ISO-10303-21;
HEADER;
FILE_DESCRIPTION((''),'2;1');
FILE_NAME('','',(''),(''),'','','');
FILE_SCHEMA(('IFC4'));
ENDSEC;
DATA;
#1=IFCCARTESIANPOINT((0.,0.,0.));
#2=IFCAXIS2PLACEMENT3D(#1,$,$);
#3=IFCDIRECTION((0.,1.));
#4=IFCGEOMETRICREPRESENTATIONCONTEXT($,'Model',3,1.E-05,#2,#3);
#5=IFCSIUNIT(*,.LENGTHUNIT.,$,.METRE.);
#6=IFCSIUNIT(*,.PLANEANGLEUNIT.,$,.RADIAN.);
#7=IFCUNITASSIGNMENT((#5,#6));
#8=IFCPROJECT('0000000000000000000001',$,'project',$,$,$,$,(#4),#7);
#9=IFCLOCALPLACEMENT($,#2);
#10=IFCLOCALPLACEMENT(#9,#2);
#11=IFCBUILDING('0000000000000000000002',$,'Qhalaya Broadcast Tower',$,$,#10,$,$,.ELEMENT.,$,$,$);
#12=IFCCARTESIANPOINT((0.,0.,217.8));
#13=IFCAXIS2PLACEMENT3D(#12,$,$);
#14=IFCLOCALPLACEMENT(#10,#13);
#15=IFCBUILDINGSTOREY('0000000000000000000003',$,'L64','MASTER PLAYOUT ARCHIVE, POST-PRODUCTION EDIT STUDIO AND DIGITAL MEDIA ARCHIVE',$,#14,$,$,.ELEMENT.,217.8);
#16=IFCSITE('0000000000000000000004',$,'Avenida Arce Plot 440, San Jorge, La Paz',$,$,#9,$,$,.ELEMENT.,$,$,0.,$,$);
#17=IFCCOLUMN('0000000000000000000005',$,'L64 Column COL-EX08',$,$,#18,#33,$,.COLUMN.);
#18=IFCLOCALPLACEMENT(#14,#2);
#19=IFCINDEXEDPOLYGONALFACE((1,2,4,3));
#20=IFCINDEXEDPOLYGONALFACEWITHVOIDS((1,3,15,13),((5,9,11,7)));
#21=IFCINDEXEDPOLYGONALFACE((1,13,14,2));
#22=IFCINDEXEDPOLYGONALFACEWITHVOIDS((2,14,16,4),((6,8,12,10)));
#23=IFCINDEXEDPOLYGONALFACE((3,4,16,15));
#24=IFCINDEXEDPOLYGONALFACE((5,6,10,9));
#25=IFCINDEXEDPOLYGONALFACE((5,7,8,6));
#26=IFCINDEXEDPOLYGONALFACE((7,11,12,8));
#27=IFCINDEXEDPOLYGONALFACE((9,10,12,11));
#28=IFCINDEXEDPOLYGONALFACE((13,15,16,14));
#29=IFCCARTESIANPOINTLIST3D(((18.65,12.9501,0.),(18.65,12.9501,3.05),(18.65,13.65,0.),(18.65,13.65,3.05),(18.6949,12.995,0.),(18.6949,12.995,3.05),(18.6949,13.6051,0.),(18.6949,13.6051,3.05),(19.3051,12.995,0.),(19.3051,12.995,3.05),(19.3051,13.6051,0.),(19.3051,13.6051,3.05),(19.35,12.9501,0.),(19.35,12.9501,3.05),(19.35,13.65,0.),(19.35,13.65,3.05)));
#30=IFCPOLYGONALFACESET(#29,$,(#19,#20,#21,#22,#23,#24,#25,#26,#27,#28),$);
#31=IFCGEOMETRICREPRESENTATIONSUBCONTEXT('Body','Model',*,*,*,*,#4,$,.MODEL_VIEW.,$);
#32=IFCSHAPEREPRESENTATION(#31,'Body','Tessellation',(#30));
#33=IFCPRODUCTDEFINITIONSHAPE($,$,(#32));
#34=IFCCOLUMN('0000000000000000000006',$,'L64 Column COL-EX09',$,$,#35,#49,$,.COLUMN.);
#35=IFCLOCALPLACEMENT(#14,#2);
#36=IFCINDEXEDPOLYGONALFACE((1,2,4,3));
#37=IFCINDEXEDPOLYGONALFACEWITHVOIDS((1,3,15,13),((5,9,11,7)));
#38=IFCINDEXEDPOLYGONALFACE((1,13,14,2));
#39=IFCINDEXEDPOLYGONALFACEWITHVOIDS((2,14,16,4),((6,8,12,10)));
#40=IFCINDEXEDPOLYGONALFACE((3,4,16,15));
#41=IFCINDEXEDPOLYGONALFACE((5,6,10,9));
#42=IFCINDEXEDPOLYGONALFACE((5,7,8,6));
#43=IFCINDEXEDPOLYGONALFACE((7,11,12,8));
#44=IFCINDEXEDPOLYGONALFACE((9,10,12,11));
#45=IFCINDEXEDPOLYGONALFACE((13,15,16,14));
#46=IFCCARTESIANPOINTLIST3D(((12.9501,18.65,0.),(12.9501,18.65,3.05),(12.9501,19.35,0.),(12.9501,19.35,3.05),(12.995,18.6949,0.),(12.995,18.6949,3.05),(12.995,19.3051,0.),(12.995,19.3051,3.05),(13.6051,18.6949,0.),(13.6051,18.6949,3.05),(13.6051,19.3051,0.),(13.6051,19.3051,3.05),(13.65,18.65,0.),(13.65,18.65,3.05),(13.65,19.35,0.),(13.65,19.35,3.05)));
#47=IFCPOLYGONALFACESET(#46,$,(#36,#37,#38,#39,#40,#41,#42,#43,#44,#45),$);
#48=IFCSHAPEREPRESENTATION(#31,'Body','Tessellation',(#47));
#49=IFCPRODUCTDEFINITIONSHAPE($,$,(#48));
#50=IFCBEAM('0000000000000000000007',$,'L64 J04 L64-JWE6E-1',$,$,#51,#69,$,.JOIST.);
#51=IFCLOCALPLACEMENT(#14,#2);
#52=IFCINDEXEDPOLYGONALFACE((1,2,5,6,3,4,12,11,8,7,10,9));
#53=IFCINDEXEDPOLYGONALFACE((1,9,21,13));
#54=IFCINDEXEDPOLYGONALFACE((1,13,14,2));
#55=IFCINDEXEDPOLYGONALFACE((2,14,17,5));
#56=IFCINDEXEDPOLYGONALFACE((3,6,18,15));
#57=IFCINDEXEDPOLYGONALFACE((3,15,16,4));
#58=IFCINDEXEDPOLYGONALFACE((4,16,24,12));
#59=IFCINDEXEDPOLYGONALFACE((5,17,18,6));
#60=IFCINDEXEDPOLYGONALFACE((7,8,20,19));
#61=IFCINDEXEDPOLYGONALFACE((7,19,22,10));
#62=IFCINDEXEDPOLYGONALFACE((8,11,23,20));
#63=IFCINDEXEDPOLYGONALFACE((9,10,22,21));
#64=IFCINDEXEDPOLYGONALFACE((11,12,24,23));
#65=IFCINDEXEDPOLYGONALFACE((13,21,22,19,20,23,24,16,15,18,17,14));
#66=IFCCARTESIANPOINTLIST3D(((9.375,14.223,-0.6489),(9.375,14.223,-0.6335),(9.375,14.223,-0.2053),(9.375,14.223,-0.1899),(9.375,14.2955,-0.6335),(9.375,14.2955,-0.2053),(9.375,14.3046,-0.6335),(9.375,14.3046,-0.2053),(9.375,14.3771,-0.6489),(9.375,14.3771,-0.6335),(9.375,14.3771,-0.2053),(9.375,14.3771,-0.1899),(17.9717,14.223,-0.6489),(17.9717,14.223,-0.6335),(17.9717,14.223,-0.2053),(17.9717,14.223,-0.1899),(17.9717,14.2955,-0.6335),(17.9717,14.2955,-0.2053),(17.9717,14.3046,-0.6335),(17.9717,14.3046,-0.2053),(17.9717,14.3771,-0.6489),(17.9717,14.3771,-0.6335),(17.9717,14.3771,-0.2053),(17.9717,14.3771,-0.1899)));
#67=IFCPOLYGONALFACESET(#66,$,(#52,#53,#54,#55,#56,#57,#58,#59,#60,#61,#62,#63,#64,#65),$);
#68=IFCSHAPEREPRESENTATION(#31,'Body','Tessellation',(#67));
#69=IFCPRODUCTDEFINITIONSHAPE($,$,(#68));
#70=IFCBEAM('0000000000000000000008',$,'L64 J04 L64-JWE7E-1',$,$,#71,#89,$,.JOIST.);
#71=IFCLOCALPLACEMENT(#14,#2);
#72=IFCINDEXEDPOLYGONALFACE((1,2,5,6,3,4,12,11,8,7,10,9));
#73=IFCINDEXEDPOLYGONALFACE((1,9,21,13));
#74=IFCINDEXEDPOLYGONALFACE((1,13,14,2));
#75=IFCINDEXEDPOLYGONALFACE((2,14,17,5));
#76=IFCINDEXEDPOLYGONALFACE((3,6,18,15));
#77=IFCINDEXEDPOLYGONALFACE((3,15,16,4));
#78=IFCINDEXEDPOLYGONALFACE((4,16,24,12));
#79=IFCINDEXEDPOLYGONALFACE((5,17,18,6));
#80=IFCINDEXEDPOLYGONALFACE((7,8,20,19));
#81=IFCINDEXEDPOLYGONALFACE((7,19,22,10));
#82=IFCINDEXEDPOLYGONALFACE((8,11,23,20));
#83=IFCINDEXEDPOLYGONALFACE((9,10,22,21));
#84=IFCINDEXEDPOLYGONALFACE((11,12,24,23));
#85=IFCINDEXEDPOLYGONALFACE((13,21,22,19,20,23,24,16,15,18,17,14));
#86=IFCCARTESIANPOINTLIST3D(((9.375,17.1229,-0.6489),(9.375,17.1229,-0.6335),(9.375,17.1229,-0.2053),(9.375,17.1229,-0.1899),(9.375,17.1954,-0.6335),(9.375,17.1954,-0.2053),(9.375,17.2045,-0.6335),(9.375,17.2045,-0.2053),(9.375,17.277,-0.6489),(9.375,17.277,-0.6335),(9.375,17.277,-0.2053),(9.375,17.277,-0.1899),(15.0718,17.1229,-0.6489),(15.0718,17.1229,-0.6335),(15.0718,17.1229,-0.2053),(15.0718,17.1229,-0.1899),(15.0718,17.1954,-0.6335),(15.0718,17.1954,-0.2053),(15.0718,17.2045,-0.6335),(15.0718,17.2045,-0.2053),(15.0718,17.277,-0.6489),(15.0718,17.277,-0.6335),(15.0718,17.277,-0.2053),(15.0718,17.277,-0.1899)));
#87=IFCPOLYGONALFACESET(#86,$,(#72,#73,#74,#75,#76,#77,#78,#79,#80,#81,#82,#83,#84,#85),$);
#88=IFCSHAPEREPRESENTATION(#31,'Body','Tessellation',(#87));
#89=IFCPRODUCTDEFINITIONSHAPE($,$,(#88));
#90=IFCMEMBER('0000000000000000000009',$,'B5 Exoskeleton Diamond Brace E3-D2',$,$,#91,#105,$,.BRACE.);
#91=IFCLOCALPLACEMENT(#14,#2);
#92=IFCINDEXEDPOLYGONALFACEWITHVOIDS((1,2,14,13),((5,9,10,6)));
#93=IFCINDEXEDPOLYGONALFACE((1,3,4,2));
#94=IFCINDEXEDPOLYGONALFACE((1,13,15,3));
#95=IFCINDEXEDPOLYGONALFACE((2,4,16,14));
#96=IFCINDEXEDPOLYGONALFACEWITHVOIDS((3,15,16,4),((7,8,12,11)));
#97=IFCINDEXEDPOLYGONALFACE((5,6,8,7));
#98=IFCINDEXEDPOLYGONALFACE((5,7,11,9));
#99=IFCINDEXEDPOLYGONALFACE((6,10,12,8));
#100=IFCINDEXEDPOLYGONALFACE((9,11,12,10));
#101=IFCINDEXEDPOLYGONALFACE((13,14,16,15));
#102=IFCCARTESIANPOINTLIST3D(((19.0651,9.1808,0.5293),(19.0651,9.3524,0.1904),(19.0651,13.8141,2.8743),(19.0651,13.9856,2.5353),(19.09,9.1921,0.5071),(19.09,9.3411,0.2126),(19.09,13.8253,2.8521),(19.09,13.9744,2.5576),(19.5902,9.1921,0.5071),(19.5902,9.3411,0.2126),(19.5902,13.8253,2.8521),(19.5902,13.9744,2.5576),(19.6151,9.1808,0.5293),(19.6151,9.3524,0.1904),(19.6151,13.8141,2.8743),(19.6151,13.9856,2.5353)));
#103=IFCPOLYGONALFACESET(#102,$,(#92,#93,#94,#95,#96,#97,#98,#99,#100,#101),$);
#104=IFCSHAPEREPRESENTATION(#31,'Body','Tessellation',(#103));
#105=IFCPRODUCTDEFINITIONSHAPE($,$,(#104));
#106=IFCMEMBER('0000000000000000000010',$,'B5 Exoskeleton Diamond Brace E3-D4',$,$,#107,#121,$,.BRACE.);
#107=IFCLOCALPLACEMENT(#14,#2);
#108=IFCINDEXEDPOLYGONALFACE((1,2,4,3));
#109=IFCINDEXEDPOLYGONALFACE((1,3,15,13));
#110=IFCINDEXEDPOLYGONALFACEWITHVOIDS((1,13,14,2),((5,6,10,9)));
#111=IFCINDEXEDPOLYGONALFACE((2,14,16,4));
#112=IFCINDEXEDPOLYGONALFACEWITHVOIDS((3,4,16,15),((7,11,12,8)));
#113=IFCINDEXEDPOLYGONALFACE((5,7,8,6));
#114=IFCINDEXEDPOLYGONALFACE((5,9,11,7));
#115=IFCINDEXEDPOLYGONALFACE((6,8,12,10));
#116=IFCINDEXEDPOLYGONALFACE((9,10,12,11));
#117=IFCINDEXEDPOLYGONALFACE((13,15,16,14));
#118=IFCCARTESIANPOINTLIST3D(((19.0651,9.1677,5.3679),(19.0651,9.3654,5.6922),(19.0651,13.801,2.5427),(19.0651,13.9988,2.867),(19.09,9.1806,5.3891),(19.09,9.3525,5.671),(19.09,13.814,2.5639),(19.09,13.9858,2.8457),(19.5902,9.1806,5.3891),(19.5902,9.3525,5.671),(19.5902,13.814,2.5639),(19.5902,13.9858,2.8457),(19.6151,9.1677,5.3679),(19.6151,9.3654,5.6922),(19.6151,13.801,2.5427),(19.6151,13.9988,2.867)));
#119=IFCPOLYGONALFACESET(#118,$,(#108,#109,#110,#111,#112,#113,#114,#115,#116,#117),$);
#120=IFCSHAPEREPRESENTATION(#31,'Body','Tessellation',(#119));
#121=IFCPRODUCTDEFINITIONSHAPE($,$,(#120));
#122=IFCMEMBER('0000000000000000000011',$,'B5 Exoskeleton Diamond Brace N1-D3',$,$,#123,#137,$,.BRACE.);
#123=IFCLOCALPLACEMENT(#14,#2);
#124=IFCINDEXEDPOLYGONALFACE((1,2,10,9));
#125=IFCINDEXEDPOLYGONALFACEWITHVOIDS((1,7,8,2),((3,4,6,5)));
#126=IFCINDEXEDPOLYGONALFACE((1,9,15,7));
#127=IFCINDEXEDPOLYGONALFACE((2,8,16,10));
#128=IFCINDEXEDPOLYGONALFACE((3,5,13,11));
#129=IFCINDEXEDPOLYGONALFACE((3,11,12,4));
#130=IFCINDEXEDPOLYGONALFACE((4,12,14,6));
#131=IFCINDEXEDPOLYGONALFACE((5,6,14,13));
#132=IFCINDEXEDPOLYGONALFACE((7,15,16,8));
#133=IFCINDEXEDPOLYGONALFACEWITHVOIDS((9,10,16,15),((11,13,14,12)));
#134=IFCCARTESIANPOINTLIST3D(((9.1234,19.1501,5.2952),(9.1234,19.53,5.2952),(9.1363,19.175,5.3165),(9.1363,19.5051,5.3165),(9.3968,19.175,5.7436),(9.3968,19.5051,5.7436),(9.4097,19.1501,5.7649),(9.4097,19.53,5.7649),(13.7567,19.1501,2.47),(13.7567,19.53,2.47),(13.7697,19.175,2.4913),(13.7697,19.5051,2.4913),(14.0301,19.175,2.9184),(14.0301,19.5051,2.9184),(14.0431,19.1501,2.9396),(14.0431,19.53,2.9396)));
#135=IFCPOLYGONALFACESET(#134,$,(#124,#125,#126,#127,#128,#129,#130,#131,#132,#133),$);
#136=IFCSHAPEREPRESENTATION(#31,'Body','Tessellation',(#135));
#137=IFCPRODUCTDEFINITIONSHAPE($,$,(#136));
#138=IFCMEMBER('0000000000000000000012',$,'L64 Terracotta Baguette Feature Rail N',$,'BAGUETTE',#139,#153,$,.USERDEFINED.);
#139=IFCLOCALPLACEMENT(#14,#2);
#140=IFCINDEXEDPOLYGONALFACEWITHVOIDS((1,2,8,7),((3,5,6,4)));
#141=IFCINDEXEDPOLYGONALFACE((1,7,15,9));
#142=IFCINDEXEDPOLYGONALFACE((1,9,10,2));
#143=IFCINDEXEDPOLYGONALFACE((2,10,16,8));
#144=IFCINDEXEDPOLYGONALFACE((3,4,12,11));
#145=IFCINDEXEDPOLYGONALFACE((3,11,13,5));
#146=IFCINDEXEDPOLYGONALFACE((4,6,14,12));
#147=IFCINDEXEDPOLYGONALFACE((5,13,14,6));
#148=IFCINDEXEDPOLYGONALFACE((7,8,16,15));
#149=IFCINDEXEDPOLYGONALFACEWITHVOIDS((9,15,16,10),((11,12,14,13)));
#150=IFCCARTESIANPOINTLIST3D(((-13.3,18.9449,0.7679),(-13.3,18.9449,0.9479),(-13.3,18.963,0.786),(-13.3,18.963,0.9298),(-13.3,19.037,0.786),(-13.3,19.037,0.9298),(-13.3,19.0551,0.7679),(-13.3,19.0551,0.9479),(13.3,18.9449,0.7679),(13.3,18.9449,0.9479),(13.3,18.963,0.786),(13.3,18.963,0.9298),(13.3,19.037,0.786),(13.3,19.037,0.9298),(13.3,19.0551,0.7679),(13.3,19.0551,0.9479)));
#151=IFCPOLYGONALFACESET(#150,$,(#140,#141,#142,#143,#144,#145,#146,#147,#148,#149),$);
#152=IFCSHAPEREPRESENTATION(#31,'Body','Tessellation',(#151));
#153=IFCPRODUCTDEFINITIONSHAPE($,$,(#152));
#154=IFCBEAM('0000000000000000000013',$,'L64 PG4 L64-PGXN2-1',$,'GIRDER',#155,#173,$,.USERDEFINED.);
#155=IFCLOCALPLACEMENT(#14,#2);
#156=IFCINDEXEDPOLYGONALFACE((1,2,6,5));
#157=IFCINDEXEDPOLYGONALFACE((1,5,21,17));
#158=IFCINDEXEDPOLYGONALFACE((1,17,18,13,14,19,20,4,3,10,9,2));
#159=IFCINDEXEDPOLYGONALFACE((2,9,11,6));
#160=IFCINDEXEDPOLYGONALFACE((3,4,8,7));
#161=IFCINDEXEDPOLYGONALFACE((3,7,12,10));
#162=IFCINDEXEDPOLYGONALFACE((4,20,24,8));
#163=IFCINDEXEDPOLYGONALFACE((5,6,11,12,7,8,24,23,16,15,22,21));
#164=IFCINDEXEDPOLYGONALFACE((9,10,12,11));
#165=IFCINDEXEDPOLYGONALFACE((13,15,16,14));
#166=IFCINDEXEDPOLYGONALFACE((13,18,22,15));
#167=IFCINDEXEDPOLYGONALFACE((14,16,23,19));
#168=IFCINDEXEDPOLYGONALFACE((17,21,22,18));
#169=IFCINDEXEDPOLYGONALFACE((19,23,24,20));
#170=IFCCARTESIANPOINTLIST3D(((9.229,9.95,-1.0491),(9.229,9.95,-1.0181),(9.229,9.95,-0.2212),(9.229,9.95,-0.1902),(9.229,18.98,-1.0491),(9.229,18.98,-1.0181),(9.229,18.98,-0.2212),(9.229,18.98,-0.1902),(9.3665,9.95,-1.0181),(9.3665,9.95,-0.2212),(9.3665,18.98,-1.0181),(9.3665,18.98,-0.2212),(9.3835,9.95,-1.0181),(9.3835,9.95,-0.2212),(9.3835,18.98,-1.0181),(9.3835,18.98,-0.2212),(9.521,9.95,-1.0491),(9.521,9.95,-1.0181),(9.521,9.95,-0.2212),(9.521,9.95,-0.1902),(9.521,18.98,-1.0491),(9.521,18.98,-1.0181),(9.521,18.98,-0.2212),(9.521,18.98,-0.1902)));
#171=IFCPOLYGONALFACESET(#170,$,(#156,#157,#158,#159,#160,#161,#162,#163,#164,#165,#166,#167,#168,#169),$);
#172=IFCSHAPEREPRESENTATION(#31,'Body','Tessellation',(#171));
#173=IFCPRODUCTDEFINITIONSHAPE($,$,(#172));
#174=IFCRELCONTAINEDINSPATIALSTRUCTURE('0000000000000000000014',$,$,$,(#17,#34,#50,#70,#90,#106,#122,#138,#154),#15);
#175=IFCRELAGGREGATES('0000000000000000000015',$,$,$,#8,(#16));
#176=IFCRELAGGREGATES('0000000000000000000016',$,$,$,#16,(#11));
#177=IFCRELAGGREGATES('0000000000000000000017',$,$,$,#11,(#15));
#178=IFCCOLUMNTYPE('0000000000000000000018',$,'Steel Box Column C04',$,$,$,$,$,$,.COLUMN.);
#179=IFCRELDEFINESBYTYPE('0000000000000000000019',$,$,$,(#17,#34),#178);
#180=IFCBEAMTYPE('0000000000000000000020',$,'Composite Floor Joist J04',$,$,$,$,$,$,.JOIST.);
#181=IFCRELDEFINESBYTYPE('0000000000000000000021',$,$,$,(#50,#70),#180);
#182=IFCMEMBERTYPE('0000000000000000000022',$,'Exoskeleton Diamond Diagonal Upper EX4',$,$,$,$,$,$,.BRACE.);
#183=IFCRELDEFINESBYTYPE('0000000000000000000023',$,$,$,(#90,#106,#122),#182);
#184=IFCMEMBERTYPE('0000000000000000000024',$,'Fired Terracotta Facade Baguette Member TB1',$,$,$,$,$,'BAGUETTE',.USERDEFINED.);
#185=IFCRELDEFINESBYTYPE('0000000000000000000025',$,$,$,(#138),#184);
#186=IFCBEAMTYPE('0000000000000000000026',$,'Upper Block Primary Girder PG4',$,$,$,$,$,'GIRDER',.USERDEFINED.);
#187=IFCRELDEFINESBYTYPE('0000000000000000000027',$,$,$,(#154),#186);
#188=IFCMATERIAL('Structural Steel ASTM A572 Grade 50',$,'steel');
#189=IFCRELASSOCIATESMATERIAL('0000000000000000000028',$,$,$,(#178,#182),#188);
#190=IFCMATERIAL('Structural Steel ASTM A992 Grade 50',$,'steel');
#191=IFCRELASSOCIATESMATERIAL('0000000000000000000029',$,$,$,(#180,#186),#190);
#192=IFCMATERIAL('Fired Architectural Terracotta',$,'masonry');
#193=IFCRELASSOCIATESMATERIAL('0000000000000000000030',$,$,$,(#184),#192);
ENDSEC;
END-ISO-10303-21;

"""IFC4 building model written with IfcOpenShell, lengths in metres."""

from ifc_helpers import new_model, si_unit, direction, frame, origin, origin_2d, place, context, subcontext, project, spatial, hollow_rectangle, i_section, extrude, material, material_profile, profile_set, type_object, element, save


model = new_model("IFC4")

# Units and contexts
model_context = context("Model", 3, precision=1e-05, world=origin(), true_north=direction((0.0, 1.0)))
body_context = subcontext(model_context, "Body", "Model", "MODEL_VIEW")
ifc_project = project(units=[si_unit("LENGTHUNIT", "METRE"), si_unit("PLANEANGLEUNIT", "RADIAN")], contexts=[model_context])

# Site, building, storey
site_placement = place(None, origin())
site = spatial("IfcSite", under=ifc_project, at=site_placement, Name="Avenida Arce Plot 440, San Jorge, La Paz", CompositionType="ELEMENT", RefElevation=0.0)
building_placement = place(site_placement, origin())
building = spatial("IfcBuilding", under=site, at=building_placement, Name="Qhalaya Broadcast Tower", CompositionType="ELEMENT")
storey_placement = place(building_placement, frame((0.0, 0.0, 217.8)))
storey = spatial("IfcBuildingStorey", under=building, at=storey_placement, Name="L64", Description="MASTER PLAYOUT ARCHIVE, POST-PRODUCTION EDIT STUDIO AND DIGITAL MEDIA ARCHIVE", CompositionType="ELEMENT", Elevation=217.8)

# Columns
ifc_material_1 = material(Name="Structural Steel ASTM A572 Grade 50", Category="steel")
ifc_material_profile_1 = material_profile(ifc_material_1, hollow_rectangle(XDim=0.7, YDim=0.7, WallThickness=0.0449, at=origin_2d()), Name="BOX 700x700x45")
ifc_profile_set_1 = profile_set([ifc_material_profile_1], Name="Structural Steel ASTM A572 Grade 50")
column_type = type_object("IfcColumnType", Name="Steel Box Column C04", PredefinedType="COLUMN", material=ifc_profile_set_1)
for number, where, z_axis, x_axis, name in (
    (1, (19.0, 13.3, 0.0), (0.0, 0.0, 1.0), (0.0, 1.0, 0.0), "L64 Column COL-EX08"),
    (2, (13.3, 19.0, 0.0), (0.0, 0.0, 1.0), (1.0, 0.0, 0.0), "L64 Column COL-EX09"),
):
    element("IfcColumn", number, at=place(storey_placement, frame(where, z_axis=z_axis, x_axis=x_axis)), inside=storey, type_object=column_type, Name=name, PredefinedType="COLUMN", context=body_context, shape_type="SweptSolid", body=[
        extrude(hollow_rectangle(XDim=0.7, YDim=0.7, WallThickness=0.0449, at=origin_2d()), origin(), (0.0, 0.0, 1.0), 3.05),
    ])

# Beams
ifc_material_2 = material(Name="Structural Steel ASTM A992 Grade 50", Category="steel")
ifc_material_profile_2 = material_profile(ifc_material_2, i_section(OverallWidth=0.1541, OverallDepth=0.459, WebThickness=0.009, FlangeThickness=0.0154, at=origin_2d()), Name="W18X46")
ifc_profile_set_2 = profile_set([ifc_material_profile_2], Name="Structural Steel ASTM A992 Grade 50")
beam_type_1 = type_object("IfcBeamType", Name="Composite Floor Joist J04", PredefinedType="JOIST", material=ifc_profile_set_2)
beam_1_placement = place(storey_placement, frame((9.375, 14.3, -0.4194), z_axis=(1.0, 0.0, 0.0), x_axis=(0.0, 1.0, 0.0)))
element("IfcBeam", 3, at=beam_1_placement, inside=storey, type_object=beam_type_1, Name="L64 J04 L64-JWE6E-1", PredefinedType="JOIST", context=body_context, shape_type="SweptSolid", body=[
    extrude(i_section(OverallWidth=0.1541, OverallDepth=0.459, WebThickness=0.009, FlangeThickness=0.0154, at=origin_2d()), origin(), (0.0, 0.0, 1.0), 8.5967),
])
beam_2_placement = place(storey_placement, frame((9.375, 17.2, -0.4194), z_axis=(1.0, 0.0, 0.0), x_axis=(0.0, 1.0, 0.0)))
element("IfcBeam", 4, at=beam_2_placement, inside=storey, type_object=beam_type_1, Name="L64 J04 L64-JWE7E-1", PredefinedType="JOIST", context=body_context, shape_type="SweptSolid", body=[
    extrude(i_section(OverallWidth=0.1541, OverallDepth=0.459, WebThickness=0.009, FlangeThickness=0.0154, at=origin_2d()), origin(), (0.0, 0.0, 1.0), 5.6968),
])

# Members
ifc_material_profile_3 = material_profile(ifc_material_1, hollow_rectangle(XDim=0.3799, YDim=0.55, WallThickness=0.0249, at=origin_2d()), Name="BOX 380x550x25")
ifc_profile_set_3 = profile_set([ifc_material_profile_3], Name="Structural Steel ASTM A572 Grade 50")
member_type_1 = type_object("IfcMemberType", Name="Exoskeleton Diamond Diagonal Upper EX4", PredefinedType="BRACE", material=ifc_profile_set_3)
member_1_placement = place(storey_placement, frame((19.3401, 9.2666, 0.3599), z_axis=(0.0, 0.892235, 0.451571), x_axis=(0.0, -0.451571, 0.892235)))
element("IfcMember", 5, at=member_1_placement, inside=storey, type_object=member_type_1, Name="B5 Exoskeleton Diamond Brace E3-D2", PredefinedType="BRACE", context=body_context, shape_type="SweptSolid", body=[
    extrude(hollow_rectangle(XDim=0.3799, YDim=0.55, WallThickness=0.0249, at=origin_2d()), origin(), (0.0, 0.0, 1.0), 5.1929),
])
for number, where, z_axis, x_axis, name in (
    (6, (19.3401, 13.8999, 2.7048), (0.0, -0.853795, 0.520609), (0.0, 0.520609, 0.853795), "B5 Exoskeleton Diamond Brace E3-D4"),
    (7, (13.8999, 19.3401, 2.7048), (-0.853795, 0.0, 0.520609), (0.0, -1.0, 0.0), "B5 Exoskeleton Diamond Brace N1-D3"),
):
    element("IfcMember", number, at=place(storey_placement, frame(where, z_axis=z_axis, x_axis=x_axis)), inside=storey, type_object=member_type_1, Name=name, PredefinedType="BRACE", context=body_context, shape_type="SweptSolid", body=[
        extrude(hollow_rectangle(XDim=0.3799, YDim=0.55, WallThickness=0.0249, at=origin_2d()), origin(), (0.0, 0.0, 1.0), 5.4268),
    ])
ifc_material_3 = material(Name="Fired Architectural Terracotta", Category="masonry")
ifc_material_profile_4 = material_profile(ifc_material_3, hollow_rectangle(XDim=0.1101, YDim=0.1799, WallThickness=0.0181, at=origin_2d()), Name="TB-BAG 110x180x18")
ifc_profile_set_4 = profile_set([ifc_material_profile_4], Name="Fired Architectural Terracotta")
member_type_2 = type_object("IfcMemberType", Name="Fired Terracotta Facade Baguette Member TB1", ElementType="BAGUETTE", PredefinedType="USERDEFINED", material=ifc_profile_set_4)
member_2_placement = place(storey_placement, frame((13.3, 19.0, 0.8579), z_axis=(-1.0, 0.0, 0.0), x_axis=(0.0, -1.0, 0.0)))
element("IfcMember", 8, at=member_2_placement, inside=storey, type_object=member_type_2, Name="L64 Terracotta Baguette Feature Rail N", ObjectType="BAGUETTE", PredefinedType="USERDEFINED", context=body_context, shape_type="SweptSolid", body=[
    extrude(hollow_rectangle(XDim=0.1101, YDim=0.1799, WallThickness=0.0181, at=origin_2d()), origin(), (0.0, 0.0, 1.0), 26.6001),
])

# Beam
ifc_material_profile_5 = material_profile(ifc_material_2, i_section(OverallWidth=0.292, OverallDepth=0.8589, WebThickness=0.0171, FlangeThickness=0.031, at=origin_2d()), Name="W33X169")
ifc_profile_set_5 = profile_set([ifc_material_profile_5], Name="Structural Steel ASTM A992 Grade 50")
beam_type_2 = type_object("IfcBeamType", Name="Upper Block Primary Girder PG4", ElementType="GIRDER", PredefinedType="USERDEFINED", material=ifc_profile_set_5)
beam_3_placement = place(storey_placement, frame((9.375, 9.95, -0.6196), z_axis=(0.0, 1.0, 0.0), x_axis=(-1.0, 0.0, 0.0)))
element("IfcBeam", 9, at=beam_3_placement, inside=storey, type_object=beam_type_2, Name="L64 PG4 L64-PGXN2-1", ObjectType="GIRDER", PredefinedType="USERDEFINED", context=body_context, shape_type="SweptSolid", body=[
    extrude(i_section(OverallWidth=0.292, OverallDepth=0.8589, WebThickness=0.0171, FlangeThickness=0.031, at=origin_2d()), origin(), (0.0, 0.0, 1.0), 9.03),
])

save(model, "model.ifc")
